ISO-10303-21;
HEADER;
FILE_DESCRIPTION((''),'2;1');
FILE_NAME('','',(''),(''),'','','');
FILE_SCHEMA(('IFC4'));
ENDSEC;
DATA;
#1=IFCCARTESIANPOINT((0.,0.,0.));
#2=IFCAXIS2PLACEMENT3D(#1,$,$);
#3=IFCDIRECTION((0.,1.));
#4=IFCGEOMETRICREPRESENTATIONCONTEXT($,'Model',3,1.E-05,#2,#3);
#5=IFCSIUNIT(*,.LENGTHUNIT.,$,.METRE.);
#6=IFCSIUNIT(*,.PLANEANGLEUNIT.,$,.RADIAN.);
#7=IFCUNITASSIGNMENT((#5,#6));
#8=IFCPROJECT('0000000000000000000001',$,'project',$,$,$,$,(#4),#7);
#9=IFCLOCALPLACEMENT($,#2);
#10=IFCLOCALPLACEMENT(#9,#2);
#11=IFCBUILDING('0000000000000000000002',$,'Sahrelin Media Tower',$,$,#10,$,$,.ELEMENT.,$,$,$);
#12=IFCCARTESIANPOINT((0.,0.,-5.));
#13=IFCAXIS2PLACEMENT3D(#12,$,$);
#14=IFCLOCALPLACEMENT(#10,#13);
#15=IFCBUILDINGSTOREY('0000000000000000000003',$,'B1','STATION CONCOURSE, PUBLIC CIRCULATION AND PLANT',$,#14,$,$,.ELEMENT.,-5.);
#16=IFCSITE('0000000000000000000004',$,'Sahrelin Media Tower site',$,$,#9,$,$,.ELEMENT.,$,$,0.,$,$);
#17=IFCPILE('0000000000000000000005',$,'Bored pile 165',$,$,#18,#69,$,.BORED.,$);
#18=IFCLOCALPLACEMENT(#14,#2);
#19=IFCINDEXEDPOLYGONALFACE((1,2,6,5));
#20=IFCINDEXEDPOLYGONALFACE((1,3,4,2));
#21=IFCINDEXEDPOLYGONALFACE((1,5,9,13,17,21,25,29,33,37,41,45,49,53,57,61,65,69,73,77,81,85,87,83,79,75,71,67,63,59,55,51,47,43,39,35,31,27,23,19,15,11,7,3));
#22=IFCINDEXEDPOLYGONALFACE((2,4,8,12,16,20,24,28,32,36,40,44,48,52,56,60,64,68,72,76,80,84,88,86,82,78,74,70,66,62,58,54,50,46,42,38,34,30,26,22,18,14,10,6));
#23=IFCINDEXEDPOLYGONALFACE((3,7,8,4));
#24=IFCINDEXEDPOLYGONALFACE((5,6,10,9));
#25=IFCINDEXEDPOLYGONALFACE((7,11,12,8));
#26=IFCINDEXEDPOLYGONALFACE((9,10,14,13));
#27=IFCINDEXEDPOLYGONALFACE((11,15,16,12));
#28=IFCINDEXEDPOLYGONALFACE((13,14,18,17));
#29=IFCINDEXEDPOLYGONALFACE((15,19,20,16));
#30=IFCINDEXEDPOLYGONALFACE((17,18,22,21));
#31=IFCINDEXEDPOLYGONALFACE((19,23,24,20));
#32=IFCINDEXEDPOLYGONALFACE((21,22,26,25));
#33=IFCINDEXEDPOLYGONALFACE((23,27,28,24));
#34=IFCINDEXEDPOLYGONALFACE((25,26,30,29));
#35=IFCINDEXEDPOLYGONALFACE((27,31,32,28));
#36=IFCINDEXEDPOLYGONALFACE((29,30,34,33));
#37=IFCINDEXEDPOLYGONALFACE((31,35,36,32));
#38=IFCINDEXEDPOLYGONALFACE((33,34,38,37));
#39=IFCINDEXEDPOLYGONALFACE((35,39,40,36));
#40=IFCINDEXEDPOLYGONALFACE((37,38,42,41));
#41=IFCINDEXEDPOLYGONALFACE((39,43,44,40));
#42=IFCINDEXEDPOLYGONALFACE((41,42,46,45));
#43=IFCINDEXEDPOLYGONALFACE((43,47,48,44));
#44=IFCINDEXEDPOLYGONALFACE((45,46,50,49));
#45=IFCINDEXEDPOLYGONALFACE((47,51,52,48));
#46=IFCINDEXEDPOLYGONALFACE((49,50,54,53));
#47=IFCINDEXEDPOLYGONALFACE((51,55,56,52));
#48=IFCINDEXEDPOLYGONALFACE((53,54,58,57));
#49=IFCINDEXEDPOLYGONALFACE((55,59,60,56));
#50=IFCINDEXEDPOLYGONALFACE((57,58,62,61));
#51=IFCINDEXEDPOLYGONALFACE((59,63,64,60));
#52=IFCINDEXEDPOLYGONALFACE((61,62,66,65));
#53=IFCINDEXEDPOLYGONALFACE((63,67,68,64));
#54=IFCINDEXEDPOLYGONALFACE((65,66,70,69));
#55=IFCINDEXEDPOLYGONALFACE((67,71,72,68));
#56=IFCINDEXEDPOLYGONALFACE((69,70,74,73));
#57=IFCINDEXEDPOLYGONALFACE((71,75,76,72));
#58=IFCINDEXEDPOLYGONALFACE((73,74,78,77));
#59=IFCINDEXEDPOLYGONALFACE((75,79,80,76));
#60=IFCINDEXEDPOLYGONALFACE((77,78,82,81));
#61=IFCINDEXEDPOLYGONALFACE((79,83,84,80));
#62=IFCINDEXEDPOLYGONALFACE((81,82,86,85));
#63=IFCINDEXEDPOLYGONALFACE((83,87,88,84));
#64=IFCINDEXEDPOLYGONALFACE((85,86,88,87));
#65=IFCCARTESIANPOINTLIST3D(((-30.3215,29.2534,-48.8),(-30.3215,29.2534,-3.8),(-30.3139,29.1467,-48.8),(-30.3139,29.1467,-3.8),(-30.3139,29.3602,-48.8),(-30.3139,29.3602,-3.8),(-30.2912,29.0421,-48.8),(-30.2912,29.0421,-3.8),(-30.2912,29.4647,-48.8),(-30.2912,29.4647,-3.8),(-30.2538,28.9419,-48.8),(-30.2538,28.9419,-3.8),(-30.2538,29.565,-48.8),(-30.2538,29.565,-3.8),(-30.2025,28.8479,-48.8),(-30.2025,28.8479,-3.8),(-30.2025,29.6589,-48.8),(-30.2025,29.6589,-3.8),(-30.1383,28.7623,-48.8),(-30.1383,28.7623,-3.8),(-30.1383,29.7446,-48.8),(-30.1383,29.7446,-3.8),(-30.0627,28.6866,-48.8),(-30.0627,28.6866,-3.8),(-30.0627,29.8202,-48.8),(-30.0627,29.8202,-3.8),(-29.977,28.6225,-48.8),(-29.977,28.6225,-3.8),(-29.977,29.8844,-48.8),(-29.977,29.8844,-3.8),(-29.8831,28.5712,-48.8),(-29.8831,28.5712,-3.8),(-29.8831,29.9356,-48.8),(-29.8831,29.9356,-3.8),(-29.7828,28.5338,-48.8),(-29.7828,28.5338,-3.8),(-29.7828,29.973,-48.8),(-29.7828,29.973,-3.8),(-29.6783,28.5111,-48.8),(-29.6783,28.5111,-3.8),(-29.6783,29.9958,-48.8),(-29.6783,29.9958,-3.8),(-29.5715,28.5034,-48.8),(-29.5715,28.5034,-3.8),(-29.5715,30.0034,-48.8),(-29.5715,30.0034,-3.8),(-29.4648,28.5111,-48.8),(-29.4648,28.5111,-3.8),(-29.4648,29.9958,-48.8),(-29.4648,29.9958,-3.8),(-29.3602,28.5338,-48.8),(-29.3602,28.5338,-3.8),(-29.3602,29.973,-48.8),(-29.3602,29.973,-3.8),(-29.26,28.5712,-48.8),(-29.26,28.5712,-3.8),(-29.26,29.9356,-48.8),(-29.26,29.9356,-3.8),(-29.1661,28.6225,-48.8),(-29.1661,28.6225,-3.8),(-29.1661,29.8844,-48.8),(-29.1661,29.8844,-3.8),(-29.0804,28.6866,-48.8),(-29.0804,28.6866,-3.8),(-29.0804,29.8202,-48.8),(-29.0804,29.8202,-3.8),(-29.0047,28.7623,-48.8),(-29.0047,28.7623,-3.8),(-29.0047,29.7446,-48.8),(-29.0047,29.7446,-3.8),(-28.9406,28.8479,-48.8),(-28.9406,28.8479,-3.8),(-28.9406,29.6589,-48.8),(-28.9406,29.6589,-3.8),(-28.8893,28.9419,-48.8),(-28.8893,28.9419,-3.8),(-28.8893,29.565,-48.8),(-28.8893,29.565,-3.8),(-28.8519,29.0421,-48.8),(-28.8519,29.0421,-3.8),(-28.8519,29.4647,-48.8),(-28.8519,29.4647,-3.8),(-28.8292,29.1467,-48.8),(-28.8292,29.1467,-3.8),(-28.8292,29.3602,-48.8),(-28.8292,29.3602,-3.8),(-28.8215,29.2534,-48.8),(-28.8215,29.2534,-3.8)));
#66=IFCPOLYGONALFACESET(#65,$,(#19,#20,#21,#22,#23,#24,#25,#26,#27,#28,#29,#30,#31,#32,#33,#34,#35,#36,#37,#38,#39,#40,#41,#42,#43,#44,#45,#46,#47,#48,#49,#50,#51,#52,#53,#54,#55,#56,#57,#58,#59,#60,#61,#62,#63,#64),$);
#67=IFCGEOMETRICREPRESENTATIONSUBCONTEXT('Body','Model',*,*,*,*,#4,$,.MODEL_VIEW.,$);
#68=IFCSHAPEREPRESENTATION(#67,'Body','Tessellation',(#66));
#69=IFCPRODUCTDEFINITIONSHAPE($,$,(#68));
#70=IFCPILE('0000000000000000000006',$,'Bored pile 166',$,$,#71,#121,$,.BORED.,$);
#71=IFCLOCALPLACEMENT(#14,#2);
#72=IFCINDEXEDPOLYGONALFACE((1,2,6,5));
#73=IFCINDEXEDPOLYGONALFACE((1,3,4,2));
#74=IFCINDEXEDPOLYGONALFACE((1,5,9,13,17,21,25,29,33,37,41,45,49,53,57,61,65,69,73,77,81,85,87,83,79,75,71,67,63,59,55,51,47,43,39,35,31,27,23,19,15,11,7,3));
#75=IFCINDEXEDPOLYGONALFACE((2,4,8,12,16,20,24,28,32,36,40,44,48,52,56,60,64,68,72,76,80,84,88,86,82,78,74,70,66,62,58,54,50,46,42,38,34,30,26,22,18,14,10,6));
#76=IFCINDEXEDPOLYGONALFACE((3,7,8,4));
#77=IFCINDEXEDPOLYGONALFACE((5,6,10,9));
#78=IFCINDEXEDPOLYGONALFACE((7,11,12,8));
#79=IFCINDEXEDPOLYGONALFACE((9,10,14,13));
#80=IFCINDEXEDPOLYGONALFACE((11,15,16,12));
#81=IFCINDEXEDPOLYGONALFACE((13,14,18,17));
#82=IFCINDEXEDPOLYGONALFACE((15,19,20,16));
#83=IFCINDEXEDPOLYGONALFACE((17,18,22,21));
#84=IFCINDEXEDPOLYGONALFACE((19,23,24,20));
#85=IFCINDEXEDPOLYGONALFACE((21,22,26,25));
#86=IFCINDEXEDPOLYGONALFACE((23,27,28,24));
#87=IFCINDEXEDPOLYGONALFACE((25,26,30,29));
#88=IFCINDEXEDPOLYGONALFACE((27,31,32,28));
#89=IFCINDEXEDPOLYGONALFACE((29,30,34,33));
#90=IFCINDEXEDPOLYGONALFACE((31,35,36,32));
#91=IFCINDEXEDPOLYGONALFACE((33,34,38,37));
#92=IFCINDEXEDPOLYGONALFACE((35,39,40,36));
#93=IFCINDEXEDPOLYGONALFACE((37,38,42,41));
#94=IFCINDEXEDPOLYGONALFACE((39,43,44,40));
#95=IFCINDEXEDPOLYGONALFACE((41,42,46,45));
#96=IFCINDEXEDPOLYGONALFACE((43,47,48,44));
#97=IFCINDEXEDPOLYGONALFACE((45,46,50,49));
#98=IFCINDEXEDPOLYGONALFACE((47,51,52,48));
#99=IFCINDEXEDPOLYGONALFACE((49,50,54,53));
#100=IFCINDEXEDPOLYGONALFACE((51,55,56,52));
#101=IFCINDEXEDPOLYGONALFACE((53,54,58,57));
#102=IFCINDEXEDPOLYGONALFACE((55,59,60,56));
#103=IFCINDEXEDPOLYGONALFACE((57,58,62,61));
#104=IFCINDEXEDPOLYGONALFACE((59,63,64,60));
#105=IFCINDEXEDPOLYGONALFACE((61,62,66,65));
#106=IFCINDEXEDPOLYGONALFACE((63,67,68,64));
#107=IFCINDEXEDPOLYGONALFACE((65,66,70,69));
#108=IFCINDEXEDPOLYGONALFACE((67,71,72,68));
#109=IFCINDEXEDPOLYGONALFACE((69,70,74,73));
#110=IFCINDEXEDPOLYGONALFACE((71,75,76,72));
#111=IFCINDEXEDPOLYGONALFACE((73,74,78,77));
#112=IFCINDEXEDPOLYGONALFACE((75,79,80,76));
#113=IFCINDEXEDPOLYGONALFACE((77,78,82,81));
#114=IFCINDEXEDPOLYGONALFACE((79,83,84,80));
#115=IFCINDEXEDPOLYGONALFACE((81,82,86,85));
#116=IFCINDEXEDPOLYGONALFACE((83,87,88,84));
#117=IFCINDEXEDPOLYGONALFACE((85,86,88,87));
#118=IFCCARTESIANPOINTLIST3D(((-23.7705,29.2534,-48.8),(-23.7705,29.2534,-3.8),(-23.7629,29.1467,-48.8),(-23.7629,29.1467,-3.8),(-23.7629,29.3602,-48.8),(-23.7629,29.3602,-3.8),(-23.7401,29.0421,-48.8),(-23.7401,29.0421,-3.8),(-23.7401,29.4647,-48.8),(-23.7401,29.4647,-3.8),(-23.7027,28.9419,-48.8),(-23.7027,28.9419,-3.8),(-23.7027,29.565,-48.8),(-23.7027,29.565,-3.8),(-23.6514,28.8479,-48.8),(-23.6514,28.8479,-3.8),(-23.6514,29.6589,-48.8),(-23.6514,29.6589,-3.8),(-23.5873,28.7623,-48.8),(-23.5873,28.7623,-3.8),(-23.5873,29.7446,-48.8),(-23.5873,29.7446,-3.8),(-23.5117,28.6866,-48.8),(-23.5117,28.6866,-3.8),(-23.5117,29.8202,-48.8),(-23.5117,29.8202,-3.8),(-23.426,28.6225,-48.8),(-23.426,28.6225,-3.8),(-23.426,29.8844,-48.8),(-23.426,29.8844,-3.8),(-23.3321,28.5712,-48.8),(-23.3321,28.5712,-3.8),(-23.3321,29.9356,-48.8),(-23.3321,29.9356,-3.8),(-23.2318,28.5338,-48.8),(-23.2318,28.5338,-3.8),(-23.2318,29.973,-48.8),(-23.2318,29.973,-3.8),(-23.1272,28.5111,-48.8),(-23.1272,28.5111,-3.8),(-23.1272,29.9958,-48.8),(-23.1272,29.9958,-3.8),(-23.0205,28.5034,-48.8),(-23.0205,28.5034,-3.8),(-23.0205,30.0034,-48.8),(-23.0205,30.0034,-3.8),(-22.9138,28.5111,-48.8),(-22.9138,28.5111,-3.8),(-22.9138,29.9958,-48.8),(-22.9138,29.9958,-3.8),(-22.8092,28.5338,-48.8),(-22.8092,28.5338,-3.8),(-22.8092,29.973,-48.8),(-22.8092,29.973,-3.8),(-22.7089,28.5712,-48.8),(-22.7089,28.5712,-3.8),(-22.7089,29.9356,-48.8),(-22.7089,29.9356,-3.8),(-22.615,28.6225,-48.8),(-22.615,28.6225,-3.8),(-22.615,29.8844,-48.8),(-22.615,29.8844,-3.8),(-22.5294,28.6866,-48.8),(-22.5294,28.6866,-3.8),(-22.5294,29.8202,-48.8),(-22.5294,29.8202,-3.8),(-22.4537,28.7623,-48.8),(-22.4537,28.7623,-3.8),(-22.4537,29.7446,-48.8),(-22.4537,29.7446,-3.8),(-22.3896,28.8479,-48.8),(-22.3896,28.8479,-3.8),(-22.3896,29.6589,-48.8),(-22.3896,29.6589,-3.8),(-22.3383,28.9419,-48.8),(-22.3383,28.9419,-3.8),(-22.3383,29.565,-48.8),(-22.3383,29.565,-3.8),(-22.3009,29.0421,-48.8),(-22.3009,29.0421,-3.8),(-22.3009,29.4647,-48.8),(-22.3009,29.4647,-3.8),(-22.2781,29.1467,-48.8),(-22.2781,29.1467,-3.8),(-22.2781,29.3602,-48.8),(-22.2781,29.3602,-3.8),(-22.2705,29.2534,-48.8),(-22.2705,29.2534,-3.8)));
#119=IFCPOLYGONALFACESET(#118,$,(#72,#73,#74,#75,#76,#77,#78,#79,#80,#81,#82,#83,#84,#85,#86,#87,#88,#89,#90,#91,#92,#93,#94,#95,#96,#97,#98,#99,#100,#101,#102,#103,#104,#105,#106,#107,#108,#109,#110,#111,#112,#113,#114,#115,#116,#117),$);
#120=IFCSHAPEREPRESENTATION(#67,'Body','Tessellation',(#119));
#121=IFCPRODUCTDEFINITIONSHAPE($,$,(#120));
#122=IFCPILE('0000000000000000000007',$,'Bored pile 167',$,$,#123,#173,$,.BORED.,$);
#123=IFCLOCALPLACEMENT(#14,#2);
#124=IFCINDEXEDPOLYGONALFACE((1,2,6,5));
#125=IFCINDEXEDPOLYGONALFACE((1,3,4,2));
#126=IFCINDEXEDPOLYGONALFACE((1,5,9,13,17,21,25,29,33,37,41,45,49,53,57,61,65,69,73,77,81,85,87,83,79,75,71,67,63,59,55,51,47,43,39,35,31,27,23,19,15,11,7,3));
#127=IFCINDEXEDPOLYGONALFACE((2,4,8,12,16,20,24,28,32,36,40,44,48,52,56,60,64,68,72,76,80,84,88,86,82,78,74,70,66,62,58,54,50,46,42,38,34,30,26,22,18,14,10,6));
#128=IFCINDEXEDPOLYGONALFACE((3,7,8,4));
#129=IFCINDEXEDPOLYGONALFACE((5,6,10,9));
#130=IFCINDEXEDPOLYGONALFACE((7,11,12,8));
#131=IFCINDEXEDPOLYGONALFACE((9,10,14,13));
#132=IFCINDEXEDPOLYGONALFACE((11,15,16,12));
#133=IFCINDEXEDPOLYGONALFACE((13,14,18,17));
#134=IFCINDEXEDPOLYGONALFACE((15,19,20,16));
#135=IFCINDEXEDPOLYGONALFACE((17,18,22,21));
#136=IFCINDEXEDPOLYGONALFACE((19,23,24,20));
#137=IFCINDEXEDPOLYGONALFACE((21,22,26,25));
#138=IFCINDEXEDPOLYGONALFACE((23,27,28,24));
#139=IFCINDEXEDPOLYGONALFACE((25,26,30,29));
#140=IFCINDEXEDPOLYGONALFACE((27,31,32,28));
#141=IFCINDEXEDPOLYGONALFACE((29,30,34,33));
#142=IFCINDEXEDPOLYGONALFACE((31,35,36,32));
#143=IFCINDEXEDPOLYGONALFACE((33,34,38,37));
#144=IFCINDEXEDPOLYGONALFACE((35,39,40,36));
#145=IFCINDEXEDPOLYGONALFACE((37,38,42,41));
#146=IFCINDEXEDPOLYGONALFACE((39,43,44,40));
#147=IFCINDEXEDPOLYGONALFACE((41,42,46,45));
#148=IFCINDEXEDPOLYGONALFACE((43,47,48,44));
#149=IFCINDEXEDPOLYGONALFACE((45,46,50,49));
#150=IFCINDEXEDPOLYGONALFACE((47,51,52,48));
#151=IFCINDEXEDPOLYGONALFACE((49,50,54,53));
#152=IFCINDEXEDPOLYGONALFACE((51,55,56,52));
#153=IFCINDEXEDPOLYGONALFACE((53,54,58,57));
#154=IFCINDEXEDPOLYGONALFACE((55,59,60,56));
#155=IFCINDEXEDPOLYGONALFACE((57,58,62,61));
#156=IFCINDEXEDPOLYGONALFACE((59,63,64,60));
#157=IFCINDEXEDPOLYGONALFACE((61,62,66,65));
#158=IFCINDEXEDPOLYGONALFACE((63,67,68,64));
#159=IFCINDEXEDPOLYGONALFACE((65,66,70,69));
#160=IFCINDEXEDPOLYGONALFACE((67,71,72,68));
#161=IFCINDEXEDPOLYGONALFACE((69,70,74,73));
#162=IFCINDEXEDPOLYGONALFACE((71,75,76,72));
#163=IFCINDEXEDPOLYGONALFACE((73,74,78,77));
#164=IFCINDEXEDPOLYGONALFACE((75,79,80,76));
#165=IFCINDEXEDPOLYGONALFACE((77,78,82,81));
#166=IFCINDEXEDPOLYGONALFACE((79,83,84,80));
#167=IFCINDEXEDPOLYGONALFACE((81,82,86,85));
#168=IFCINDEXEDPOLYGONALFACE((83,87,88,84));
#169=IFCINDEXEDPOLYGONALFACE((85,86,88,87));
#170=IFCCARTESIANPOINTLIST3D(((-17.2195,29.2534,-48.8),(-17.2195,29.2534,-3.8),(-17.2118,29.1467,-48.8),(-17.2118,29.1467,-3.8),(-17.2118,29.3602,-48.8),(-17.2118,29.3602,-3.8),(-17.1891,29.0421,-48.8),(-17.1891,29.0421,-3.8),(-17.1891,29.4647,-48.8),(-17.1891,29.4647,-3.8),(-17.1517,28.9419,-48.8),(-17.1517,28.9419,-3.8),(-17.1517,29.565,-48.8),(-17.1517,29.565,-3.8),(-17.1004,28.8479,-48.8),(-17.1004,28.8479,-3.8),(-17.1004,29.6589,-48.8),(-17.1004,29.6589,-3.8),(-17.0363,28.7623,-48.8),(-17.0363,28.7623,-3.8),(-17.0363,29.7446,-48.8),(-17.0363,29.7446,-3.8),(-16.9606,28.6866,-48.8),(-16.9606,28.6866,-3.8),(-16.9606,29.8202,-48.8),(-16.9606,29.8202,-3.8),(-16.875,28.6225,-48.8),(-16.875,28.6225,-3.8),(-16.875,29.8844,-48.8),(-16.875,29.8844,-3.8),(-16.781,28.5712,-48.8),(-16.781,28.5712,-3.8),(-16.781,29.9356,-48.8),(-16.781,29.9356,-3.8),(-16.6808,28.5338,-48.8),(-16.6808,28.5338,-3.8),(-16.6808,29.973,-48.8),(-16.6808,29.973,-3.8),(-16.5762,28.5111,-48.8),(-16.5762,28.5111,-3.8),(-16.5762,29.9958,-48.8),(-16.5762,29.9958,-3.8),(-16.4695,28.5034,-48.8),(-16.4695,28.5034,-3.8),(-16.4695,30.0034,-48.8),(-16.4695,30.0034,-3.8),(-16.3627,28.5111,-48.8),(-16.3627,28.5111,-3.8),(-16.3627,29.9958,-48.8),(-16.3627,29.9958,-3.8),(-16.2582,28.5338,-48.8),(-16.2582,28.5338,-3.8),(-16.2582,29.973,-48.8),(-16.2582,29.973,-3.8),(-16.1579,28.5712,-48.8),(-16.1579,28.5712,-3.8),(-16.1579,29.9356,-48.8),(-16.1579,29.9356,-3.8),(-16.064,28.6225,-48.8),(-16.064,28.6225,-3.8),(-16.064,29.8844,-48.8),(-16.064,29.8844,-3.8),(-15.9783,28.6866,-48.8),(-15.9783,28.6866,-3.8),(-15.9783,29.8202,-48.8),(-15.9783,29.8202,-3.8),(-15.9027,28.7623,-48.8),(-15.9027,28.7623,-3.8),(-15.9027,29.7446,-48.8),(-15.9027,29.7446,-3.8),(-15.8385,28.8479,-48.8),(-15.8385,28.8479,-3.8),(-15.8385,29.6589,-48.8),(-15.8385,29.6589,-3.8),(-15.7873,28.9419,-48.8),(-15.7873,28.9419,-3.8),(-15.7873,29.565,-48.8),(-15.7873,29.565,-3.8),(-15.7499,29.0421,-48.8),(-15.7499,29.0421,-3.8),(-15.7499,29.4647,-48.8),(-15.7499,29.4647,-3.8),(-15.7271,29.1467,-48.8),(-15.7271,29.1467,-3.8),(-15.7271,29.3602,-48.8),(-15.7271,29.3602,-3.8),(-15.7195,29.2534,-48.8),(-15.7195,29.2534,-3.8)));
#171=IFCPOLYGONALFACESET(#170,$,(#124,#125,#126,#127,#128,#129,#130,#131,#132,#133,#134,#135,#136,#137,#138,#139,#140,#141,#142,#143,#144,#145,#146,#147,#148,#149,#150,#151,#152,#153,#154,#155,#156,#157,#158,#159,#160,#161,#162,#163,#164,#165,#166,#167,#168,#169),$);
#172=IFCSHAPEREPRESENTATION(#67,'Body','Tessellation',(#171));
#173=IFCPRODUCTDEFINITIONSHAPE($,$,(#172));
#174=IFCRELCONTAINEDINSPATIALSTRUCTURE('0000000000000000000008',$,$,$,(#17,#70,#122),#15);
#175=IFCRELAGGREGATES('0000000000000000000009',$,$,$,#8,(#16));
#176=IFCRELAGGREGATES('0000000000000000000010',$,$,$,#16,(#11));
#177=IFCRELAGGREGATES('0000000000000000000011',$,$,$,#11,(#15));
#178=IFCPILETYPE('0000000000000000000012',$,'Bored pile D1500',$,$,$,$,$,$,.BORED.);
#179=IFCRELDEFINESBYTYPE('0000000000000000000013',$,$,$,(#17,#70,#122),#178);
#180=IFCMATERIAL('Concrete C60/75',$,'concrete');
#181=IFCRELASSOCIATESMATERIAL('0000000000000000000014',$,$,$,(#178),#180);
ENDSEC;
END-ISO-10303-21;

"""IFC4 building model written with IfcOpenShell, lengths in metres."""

from ifc_helpers import new_model, si_unit, direction, frame, origin, origin_2d, place, context, subcontext, project, spatial, circle, extrude, material, material_profile, profile_set, type_object, element, save


model = new_model("IFC4")

# Units and contexts
model_context = context("Model", 3, precision=1e-05, world=origin(), true_north=direction((0.0, 1.0)))
body_context = subcontext(model_context, "Body", "Model", "MODEL_VIEW")
ifc_project = project(units=[si_unit("LENGTHUNIT", "METRE"), si_unit("PLANEANGLEUNIT", "RADIAN")], contexts=[model_context])

# Site, building, storey
site_placement = place(None, origin())
site = spatial("IfcSite", under=ifc_project, at=site_placement, Name="Sahrelin Media Tower site", CompositionType="ELEMENT", RefElevation=0.0)
building_placement = place(site_placement, origin())
building = spatial("IfcBuilding", under=site, at=building_placement, Name="Sahrelin Media Tower", CompositionType="ELEMENT")
storey_placement = place(building_placement, frame((0.0, 0.0, -5.0)))
storey = spatial("IfcBuildingStorey", under=building, at=storey_placement, Name="B1", Description="STATION CONCOURSE, PUBLIC CIRCULATION AND PLANT", CompositionType="ELEMENT", Elevation=-5.0)

# Piles
ifc_material_1 = material(Name="Concrete C60/75", Category="concrete")
ifc_material_profile_1 = material_profile(ifc_material_1, circle(Radius=0.75, at=origin_2d()), Name="Bored pile D1500")
ifc_profile_set_1 = profile_set([ifc_material_profile_1], Name="Concrete C60/75")
pile_type = type_object("IfcPileType", Name="Bored pile D1500", PredefinedType="BORED", material=ifc_profile_set_1)
for number, where, z_axis, x_axis, name in (
    (1, (-29.5715, 29.2534, -3.8), (0.0, 0.0, -1.0), (1.0, 0.0, 0.0), "Bored pile 165"),
    (2, (-23.0205, 29.2534, -3.8), (0.0, 0.0, -1.0), (1.0, 0.0, 0.0), "Bored pile 166"),
    (3, (-16.4695, 29.2534, -3.8), (0.0, 0.0, -1.0), (1.0, 0.0, 0.0), "Bored pile 167"),
):
    element("IfcPile", number, at=place(storey_placement, frame(where, z_axis=z_axis, x_axis=x_axis)), inside=storey, type_object=pile_type, Name=name, PredefinedType="BORED", context=body_context, shape_type="SweptSolid", body=[
        extrude(circle(Radius=0.75, at=origin_2d()), origin(), (0.0, 0.0, 1.0), 45.0),
    ])

save(model, "model.ifc")
